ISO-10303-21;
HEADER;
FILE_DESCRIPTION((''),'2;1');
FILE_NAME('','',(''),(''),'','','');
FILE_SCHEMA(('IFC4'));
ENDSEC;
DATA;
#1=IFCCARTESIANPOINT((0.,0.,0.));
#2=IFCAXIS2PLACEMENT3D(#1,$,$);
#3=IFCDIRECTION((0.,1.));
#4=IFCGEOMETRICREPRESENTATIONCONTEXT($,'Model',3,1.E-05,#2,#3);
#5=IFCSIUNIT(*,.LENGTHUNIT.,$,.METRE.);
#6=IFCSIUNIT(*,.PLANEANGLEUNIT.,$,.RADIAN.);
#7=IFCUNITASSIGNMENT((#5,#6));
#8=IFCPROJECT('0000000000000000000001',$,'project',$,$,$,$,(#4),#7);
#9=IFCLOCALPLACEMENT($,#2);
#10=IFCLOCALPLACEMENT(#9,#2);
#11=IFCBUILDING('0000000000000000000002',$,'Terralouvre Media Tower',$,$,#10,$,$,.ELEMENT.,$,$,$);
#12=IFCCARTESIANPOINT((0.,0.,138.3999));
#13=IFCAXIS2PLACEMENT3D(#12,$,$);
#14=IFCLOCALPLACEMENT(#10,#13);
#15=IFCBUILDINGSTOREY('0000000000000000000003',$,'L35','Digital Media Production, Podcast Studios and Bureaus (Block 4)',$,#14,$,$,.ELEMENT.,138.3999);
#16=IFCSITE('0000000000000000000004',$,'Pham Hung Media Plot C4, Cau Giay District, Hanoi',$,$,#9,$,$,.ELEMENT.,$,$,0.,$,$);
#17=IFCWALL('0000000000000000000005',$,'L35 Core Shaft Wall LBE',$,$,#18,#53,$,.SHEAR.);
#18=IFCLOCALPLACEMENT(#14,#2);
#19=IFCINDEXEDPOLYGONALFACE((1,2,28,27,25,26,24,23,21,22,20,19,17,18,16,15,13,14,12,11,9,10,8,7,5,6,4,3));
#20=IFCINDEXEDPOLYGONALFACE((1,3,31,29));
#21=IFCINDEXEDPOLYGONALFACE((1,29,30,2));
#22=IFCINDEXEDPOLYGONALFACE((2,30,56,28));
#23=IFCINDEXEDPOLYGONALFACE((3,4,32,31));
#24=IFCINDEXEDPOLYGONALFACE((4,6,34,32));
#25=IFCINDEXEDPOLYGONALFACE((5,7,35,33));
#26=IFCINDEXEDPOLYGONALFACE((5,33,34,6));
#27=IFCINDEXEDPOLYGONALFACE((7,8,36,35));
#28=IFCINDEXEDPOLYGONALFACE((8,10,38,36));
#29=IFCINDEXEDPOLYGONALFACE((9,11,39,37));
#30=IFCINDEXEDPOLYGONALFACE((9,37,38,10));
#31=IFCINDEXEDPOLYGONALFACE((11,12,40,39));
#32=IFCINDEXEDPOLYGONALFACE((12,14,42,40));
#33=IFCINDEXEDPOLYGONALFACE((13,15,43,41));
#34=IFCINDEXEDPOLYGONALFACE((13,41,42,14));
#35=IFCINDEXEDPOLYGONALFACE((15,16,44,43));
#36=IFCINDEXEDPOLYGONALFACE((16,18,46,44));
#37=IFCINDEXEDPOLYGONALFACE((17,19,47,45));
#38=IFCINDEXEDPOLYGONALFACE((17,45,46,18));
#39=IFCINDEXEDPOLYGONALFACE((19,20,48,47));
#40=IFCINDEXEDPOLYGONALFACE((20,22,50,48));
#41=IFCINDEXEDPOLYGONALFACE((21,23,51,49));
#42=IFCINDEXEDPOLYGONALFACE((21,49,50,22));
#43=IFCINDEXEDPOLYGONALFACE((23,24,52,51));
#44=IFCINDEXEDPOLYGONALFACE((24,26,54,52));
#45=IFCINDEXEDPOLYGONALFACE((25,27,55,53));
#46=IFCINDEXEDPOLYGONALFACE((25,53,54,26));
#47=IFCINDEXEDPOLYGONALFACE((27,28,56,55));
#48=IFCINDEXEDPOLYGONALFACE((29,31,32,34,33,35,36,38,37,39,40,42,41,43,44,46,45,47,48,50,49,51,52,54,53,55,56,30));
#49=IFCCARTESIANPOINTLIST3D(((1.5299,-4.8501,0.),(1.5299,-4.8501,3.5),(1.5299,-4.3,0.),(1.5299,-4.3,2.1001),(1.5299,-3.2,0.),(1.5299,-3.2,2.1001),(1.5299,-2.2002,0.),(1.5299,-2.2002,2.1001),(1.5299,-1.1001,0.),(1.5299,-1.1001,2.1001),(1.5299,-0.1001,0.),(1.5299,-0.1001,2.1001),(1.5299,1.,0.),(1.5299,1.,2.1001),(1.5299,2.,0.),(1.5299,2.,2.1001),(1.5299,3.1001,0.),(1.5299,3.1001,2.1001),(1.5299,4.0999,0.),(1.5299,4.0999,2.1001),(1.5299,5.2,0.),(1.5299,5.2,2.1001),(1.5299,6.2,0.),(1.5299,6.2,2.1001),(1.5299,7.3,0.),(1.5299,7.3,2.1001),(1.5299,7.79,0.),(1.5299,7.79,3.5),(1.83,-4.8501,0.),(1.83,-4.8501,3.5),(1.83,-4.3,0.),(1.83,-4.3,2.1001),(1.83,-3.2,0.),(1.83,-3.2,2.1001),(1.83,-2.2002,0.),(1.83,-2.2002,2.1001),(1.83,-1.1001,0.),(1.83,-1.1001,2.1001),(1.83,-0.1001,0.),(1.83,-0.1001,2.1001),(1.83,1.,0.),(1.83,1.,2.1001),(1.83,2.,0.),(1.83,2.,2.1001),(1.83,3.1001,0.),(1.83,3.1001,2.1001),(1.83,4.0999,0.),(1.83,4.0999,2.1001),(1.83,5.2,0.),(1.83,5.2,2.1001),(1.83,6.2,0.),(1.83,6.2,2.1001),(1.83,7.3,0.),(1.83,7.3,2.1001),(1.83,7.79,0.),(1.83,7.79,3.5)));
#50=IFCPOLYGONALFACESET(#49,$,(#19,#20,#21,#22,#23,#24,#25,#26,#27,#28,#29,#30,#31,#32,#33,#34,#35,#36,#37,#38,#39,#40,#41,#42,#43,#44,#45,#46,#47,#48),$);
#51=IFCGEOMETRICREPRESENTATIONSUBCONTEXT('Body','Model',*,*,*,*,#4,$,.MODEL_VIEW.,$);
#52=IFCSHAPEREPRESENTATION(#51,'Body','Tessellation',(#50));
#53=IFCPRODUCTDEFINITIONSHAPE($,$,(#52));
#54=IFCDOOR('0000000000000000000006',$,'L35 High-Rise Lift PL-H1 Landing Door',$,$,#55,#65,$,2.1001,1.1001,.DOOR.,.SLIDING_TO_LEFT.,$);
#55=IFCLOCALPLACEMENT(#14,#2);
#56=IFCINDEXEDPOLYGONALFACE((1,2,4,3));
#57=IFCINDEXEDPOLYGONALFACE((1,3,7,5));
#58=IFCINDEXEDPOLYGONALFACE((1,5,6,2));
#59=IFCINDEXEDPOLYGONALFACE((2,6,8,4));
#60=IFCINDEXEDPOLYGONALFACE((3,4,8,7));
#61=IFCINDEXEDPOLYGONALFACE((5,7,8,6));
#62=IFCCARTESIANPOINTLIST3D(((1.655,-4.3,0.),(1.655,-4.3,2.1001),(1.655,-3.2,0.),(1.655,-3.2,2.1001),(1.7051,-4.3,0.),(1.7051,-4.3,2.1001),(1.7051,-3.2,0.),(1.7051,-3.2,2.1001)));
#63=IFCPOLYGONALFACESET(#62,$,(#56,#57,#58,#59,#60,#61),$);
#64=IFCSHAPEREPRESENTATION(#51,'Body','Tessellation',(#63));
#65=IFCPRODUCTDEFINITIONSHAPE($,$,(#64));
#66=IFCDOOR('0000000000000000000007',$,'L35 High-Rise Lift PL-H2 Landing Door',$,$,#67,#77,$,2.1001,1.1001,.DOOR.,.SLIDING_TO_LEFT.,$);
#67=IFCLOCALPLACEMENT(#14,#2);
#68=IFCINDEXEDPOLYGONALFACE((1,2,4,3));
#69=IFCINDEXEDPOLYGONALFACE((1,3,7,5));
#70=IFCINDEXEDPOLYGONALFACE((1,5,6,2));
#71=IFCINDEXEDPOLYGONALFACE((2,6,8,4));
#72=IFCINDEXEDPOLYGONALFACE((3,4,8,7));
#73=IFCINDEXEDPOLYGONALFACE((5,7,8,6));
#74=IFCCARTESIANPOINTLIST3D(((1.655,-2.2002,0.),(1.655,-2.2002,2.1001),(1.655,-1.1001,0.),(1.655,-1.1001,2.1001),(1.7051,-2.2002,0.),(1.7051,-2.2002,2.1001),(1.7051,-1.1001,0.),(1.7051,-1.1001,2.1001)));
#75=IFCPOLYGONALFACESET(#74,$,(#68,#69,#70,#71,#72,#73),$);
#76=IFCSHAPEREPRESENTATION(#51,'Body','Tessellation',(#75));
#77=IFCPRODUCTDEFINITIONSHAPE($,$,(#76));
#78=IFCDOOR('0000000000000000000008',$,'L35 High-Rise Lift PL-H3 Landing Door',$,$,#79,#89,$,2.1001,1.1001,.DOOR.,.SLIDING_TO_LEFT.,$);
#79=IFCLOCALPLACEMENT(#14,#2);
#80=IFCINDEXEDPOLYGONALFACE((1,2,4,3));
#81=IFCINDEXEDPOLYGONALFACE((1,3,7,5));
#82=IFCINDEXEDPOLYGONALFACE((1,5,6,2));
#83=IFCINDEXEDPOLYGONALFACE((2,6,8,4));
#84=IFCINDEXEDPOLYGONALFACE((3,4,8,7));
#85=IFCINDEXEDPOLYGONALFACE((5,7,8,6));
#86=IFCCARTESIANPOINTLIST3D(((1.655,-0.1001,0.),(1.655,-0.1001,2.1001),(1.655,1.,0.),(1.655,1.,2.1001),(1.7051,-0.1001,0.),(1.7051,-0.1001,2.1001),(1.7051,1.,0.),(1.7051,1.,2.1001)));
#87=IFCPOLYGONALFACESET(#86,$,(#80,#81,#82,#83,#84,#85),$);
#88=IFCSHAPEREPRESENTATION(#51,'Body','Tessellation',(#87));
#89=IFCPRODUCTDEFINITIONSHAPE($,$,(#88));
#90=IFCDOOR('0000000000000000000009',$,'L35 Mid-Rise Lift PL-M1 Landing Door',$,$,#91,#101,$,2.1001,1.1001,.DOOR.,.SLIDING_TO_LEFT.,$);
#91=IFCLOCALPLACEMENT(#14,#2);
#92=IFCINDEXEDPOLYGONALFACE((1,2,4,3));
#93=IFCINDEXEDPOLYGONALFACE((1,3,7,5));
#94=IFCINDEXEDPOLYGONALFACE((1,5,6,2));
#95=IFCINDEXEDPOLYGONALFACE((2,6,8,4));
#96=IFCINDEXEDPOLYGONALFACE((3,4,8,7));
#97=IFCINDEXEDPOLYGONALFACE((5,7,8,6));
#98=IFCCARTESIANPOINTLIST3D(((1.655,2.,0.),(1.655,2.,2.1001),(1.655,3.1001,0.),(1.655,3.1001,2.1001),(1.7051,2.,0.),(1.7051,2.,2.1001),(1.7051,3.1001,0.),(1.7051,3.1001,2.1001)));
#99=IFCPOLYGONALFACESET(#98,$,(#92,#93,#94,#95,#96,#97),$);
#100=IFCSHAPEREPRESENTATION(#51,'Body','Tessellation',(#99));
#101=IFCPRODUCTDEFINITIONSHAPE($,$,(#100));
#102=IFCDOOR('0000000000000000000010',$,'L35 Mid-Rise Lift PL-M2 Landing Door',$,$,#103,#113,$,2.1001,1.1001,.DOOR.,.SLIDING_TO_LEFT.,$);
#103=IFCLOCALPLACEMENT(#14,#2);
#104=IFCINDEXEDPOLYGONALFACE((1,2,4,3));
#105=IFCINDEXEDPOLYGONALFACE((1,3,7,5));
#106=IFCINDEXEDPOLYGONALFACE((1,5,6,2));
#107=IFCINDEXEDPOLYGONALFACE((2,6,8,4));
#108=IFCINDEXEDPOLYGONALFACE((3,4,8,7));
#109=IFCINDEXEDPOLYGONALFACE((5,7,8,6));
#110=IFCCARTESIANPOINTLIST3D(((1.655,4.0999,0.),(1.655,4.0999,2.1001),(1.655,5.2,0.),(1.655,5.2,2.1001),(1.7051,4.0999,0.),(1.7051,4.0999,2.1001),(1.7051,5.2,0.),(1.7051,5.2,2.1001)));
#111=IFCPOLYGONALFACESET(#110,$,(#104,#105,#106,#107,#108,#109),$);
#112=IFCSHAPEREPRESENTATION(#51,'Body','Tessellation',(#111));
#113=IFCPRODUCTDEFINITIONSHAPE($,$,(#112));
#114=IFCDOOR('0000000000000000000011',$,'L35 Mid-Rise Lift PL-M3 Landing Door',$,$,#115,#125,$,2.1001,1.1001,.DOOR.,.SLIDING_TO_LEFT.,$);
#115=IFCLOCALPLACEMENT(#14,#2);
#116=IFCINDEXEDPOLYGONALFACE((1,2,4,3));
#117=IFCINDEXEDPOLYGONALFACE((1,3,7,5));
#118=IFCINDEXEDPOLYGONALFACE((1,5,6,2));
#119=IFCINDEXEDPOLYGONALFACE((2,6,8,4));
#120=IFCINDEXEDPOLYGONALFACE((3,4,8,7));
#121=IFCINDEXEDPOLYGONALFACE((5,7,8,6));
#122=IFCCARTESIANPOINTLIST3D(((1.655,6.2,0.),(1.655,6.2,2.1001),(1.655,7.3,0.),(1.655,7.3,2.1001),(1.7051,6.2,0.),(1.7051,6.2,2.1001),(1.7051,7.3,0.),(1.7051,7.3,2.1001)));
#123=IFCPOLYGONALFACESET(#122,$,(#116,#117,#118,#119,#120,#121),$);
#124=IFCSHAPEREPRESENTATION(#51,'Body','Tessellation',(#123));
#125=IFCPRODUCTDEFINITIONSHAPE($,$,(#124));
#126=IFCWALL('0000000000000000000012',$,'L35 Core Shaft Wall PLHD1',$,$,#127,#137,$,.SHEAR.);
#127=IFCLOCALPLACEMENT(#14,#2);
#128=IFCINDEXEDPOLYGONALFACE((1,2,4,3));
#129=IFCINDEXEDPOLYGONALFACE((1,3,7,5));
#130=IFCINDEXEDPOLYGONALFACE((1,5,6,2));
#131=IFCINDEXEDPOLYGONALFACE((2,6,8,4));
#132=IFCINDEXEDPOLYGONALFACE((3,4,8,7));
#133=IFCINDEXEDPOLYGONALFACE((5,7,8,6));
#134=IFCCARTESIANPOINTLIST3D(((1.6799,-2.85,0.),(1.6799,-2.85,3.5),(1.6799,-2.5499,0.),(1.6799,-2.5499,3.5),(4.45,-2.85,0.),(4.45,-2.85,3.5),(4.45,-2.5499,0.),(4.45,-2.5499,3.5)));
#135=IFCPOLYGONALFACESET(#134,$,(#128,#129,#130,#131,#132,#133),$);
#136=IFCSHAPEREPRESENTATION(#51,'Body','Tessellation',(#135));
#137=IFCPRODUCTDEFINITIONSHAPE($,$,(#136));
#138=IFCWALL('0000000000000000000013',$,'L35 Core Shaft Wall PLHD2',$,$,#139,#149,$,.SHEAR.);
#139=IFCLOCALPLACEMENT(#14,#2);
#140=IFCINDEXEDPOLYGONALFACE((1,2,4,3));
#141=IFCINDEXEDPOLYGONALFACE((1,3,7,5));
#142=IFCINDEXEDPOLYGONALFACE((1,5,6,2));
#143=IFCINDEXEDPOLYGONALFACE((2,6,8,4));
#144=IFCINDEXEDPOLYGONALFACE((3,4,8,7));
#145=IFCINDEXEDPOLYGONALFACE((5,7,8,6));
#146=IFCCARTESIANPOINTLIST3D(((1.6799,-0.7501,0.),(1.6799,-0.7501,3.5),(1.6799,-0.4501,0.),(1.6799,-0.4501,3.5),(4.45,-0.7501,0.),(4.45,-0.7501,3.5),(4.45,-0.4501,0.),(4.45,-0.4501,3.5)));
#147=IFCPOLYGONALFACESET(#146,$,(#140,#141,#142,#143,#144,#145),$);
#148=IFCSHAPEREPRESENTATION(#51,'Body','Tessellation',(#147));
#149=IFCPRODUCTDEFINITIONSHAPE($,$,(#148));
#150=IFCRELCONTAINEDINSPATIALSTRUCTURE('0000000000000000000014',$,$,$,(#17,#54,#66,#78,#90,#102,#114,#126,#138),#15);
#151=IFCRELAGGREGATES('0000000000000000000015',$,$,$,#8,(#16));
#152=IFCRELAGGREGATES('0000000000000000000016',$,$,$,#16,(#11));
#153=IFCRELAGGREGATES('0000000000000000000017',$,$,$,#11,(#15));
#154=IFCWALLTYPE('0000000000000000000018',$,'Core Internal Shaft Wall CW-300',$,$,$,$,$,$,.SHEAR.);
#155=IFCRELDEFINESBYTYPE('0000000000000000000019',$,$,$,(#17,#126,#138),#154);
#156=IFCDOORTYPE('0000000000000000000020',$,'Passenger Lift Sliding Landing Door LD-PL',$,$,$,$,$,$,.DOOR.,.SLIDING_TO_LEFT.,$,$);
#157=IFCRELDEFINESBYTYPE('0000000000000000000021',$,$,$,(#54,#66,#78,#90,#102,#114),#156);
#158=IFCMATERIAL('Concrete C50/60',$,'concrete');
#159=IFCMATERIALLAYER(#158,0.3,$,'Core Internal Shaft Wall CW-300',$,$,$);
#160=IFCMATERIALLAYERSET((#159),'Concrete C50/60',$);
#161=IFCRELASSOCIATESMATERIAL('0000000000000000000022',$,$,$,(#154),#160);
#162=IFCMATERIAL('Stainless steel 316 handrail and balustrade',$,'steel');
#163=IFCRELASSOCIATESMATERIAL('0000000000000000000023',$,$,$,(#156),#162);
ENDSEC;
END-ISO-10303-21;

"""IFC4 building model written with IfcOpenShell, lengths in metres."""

from ifc_helpers import new_model, si_unit, direction, frame, frame_2d, origin, place, context, subcontext, project, spatial, rectangle, extrude, material, layer, layer_set, type_object, element, fill, save


model = new_model("IFC4")

# Units and contexts
model_context = context("Model", 3, precision=1e-05, world=origin(), true_north=direction((0.0, 1.0)))
body_context = subcontext(model_context, "Body", "Model", "MODEL_VIEW")
ifc_project = project(units=[si_unit("LENGTHUNIT", "METRE"), si_unit("PLANEANGLEUNIT", "RADIAN")], contexts=[model_context])

# Site, building, storey
site_placement = place(None, origin())
site = spatial("IfcSite", under=ifc_project, at=site_placement, Name="Pham Hung Media Plot C4, Cau Giay District, Hanoi", CompositionType="ELEMENT", RefElevation=0.0)
building_placement = place(site_placement, origin())
building = spatial("IfcBuilding", under=site, at=building_placement, Name="Terralouvre Media Tower", CompositionType="ELEMENT")
storey_placement = place(building_placement, frame((0.0, 0.0, 138.3999)))
storey = spatial("IfcBuildingStorey", under=building, at=storey_placement, Name="L35", Description="Digital Media Production, Podcast Studios and Bureaus (Block 4)", CompositionType="ELEMENT", Elevation=138.3999)

# Shared definitions
ifc_material_1 = material(Name="Concrete C50/60", Category="concrete")
ifc_layer_1 = layer(ifc_material_1, 0.3, Name="Core Internal Shaft Wall CW-300")
ifc_layer_set_1 = layer_set([ifc_layer_1], Name="Concrete C50/60")
wall_type_1 = type_object("IfcWallType", Name="Core Internal Shaft Wall CW-300", PredefinedType="SHEAR", material=ifc_layer_set_1)

# Wall, openings, doors
wall_1_placement = place(storey_placement, frame((1.6799, -4.8501, 0.0), z_axis=(0.0, 0.0, 1.0), x_axis=(0.0, 1.0, 0.0)))
wall_1 = element("IfcWall", 1, at=wall_1_placement, inside=storey, type_object=wall_type_1, Name="L35 Core Shaft Wall LBE", PredefinedType="SHEAR", context=body_context, shape_type="SweptSolid", body=[
    extrude(rectangle(XDim=12.6401, YDim=0.3, at=frame_2d((6.3201, 0.0))), origin(), (0.0, 0.0, 1.0), 3.5),
])
opening_1_placement = place(wall_1_placement, frame((0.55, 0.0, 0.0)))
opening_1 = element("IfcOpeningElement", 2, at=opening_1_placement, cuts=wall_1, PredefinedType="OPENING", context=body_context, shape_type="SweptSolid", body=[
    extrude(rectangle(XDim=1.1001, YDim=2.1001, at=frame_2d((0.55, 1.05))), frame((0.0, 0.1599, 0.0), z_axis=(0.0, -1.0, 0.0), x_axis=(1.0, 0.0, 0.0)), (0.0, 0.0, 1.0), 0.3201),
])
opening_2_placement = place(wall_1_placement, frame((2.6499, 0.0, 0.0)))
opening_2 = element("IfcOpeningElement", 3, at=opening_2_placement, cuts=wall_1, PredefinedType="OPENING", context=body_context, shape_type="SweptSolid", body=[
    extrude(rectangle(XDim=1.1001, YDim=2.1001, at=frame_2d((0.55, 1.05))), frame((0.0, 0.1599, 0.0), z_axis=(0.0, -1.0, 0.0), x_axis=(1.0, 0.0, 0.0)), (0.0, 0.0, 1.0), 0.3201),
])
opening_3_placement = place(wall_1_placement, frame((4.75, 0.0, 0.0)))
opening_3 = element("IfcOpeningElement", 4, at=opening_3_placement, cuts=wall_1, PredefinedType="OPENING", context=body_context, shape_type="SweptSolid", body=[
    extrude(rectangle(XDim=1.1001, YDim=2.1001, at=frame_2d((0.55, 1.05))), frame((0.0, 0.1599, 0.0), z_axis=(0.0, -1.0, 0.0), x_axis=(1.0, 0.0, 0.0)), (0.0, 0.0, 1.0), 0.3201),
])
opening_4_placement = place(wall_1_placement, frame((6.8501, 0.0, 0.0)))
opening_4 = element("IfcOpeningElement", 5, at=opening_4_placement, cuts=wall_1, PredefinedType="OPENING", context=body_context, shape_type="SweptSolid", body=[
    extrude(rectangle(XDim=1.1001, YDim=2.1001, at=frame_2d((0.55, 1.05))), frame((0.0, 0.1599, 0.0), z_axis=(0.0, -1.0, 0.0), x_axis=(1.0, 0.0, 0.0)), (0.0, 0.0, 1.0), 0.3201),
])
opening_5_placement = place(wall_1_placement, frame((8.95, 0.0, 0.0)))
opening_5 = element("IfcOpeningElement", 6, at=opening_5_placement, cuts=wall_1, PredefinedType="OPENING", context=body_context, shape_type="SweptSolid", body=[
    extrude(rectangle(XDim=1.1001, YDim=2.1001, at=frame_2d((0.55, 1.05))), frame((0.0, 0.1599, 0.0), z_axis=(0.0, -1.0, 0.0), x_axis=(1.0, 0.0, 0.0)), (0.0, 0.0, 1.0), 0.3201),
])
opening_6_placement = place(wall_1_placement, frame((11.05, 0.0, 0.0)))
opening_6 = element("IfcOpeningElement", 7, at=opening_6_placement, cuts=wall_1, PredefinedType="OPENING", context=body_context, shape_type="SweptSolid", body=[
    extrude(rectangle(XDim=1.1001, YDim=2.1001, at=frame_2d((0.55, 1.05))), frame((0.0, 0.1599, 0.0), z_axis=(0.0, -1.0, 0.0), x_axis=(1.0, 0.0, 0.0)), (0.0, 0.0, 1.0), 0.3201),
])
ifc_material_2 = material(Name="Stainless steel 316 handrail and balustrade", Category="steel")
door_type_1 = type_object("IfcDoorType", Name="Passenger Lift Sliding Landing Door LD-PL", OperationType="SLIDING_TO_LEFT", PredefinedType="DOOR", material=ifc_material_2)
door_1_placement = place(opening_1_placement, origin())
door_1 = element("IfcDoor", 8, at=door_1_placement, inside=storey, type_object=door_type_1, Name="L35 High-Rise Lift PL-H1 Landing Door", OperationType="SLIDING_TO_LEFT", OverallHeight=2.1001, OverallWidth=1.1001, PredefinedType="DOOR", context=body_context, shape_type="SweptSolid", body=[
    extrude(rectangle(XDim=1.1001, YDim=2.1001, at=frame_2d((0.55, 1.05))), frame((0.0, 0.0249, 0.0), z_axis=(0.0, -1.0, 0.0), x_axis=(1.0, 0.0, 0.0)), (0.0, 0.0, 1.0), 0.05),
])
fill(opening_1, door_1)
door_2_placement = place(opening_2_placement, origin())
door_2 = element("IfcDoor", 9, at=door_2_placement, inside=storey, type_object=door_type_1, Name="L35 High-Rise Lift PL-H2 Landing Door", OperationType="SLIDING_TO_LEFT", OverallHeight=2.1001, OverallWidth=1.1001, PredefinedType="DOOR", context=body_context, shape_type="SweptSolid", body=[
    extrude(rectangle(XDim=1.1001, YDim=2.1001, at=frame_2d((0.55, 1.05))), frame((0.0, 0.0249, 0.0), z_axis=(0.0, -1.0, 0.0), x_axis=(1.0, 0.0, 0.0)), (0.0, 0.0, 1.0), 0.05),
])
fill(opening_2, door_2)
door_3_placement = place(opening_3_placement, origin())
door_3 = element("IfcDoor", 10, at=door_3_placement, inside=storey, type_object=door_type_1, Name="L35 High-Rise Lift PL-H3 Landing Door", OperationType="SLIDING_TO_LEFT", OverallHeight=2.1001, OverallWidth=1.1001, PredefinedType="DOOR", context=body_context, shape_type="SweptSolid", body=[
    extrude(rectangle(XDim=1.1001, YDim=2.1001, at=frame_2d((0.55, 1.05))), frame((0.0, 0.0249, 0.0), z_axis=(0.0, -1.0, 0.0), x_axis=(1.0, 0.0, 0.0)), (0.0, 0.0, 1.0), 0.05),
])
fill(opening_3, door_3)
door_4_placement = place(opening_4_placement, origin())
door_4 = element("IfcDoor", 11, at=door_4_placement, inside=storey, type_object=door_type_1, Name="L35 Mid-Rise Lift PL-M1 Landing Door", OperationType="SLIDING_TO_LEFT", OverallHeight=2.1001, OverallWidth=1.1001, PredefinedType="DOOR", context=body_context, shape_type="SweptSolid", body=[
    extrude(rectangle(XDim=1.1001, YDim=2.1001, at=frame_2d((0.55, 1.05))), frame((0.0, 0.0249, 0.0), z_axis=(0.0, -1.0, 0.0), x_axis=(1.0, 0.0, 0.0)), (0.0, 0.0, 1.0), 0.05),
])
fill(opening_4, door_4)
door_5_placement = place(opening_5_placement, origin())
door_5 = element("IfcDoor", 12, at=door_5_placement, inside=storey, type_object=door_type_1, Name="L35 Mid-Rise Lift PL-M2 Landing Door", OperationType="SLIDING_TO_LEFT", OverallHeight=2.1001, OverallWidth=1.1001, PredefinedType="DOOR", context=body_context, shape_type="SweptSolid", body=[
    extrude(rectangle(XDim=1.1001, YDim=2.1001, at=frame_2d((0.55, 1.05))), frame((0.0, 0.0249, 0.0), z_axis=(0.0, -1.0, 0.0), x_axis=(1.0, 0.0, 0.0)), (0.0, 0.0, 1.0), 0.05),
])
fill(opening_5, door_5)
door_6_placement = place(opening_6_placement, origin())
door_6 = element("IfcDoor", 13, at=door_6_placement, inside=storey, type_object=door_type_1, Name="L35 Mid-Rise Lift PL-M3 Landing Door", OperationType="SLIDING_TO_LEFT", OverallHeight=2.1001, OverallWidth=1.1001, PredefinedType="DOOR", context=body_context, shape_type="SweptSolid", body=[
    extrude(rectangle(XDim=1.1001, YDim=2.1001, at=frame_2d((0.55, 1.05))), frame((0.0, 0.0249, 0.0), z_axis=(0.0, -1.0, 0.0), x_axis=(1.0, 0.0, 0.0)), (0.0, 0.0, 1.0), 0.05),
])
fill(opening_6, door_6)

# Walls
for number, where, z_axis, x_axis, name in (
    (14, (1.6799, -2.7, 0.0), (0.0, 0.0, 1.0), (1.0, 0.0, 0.0), "L35 Core Shaft Wall PLHD1"),
    (15, (1.6799, -0.6001, 0.0), (0.0, 0.0, 1.0), (1.0, 0.0, 0.0), "L35 Core Shaft Wall PLHD2"),
):
    element("IfcWall", number, at=place(storey_placement, frame(where, z_axis=z_axis, x_axis=x_axis)), inside=storey, type_object=wall_type_1, Name=name, PredefinedType="SHEAR", context=body_context, shape_type="SweptSolid", body=[
        extrude(rectangle(XDim=2.77, YDim=0.3, at=frame_2d((1.385, 0.0))), origin(), (0.0, 0.0, 1.0), 3.5),
    ])

save(model, "model.ifc")
